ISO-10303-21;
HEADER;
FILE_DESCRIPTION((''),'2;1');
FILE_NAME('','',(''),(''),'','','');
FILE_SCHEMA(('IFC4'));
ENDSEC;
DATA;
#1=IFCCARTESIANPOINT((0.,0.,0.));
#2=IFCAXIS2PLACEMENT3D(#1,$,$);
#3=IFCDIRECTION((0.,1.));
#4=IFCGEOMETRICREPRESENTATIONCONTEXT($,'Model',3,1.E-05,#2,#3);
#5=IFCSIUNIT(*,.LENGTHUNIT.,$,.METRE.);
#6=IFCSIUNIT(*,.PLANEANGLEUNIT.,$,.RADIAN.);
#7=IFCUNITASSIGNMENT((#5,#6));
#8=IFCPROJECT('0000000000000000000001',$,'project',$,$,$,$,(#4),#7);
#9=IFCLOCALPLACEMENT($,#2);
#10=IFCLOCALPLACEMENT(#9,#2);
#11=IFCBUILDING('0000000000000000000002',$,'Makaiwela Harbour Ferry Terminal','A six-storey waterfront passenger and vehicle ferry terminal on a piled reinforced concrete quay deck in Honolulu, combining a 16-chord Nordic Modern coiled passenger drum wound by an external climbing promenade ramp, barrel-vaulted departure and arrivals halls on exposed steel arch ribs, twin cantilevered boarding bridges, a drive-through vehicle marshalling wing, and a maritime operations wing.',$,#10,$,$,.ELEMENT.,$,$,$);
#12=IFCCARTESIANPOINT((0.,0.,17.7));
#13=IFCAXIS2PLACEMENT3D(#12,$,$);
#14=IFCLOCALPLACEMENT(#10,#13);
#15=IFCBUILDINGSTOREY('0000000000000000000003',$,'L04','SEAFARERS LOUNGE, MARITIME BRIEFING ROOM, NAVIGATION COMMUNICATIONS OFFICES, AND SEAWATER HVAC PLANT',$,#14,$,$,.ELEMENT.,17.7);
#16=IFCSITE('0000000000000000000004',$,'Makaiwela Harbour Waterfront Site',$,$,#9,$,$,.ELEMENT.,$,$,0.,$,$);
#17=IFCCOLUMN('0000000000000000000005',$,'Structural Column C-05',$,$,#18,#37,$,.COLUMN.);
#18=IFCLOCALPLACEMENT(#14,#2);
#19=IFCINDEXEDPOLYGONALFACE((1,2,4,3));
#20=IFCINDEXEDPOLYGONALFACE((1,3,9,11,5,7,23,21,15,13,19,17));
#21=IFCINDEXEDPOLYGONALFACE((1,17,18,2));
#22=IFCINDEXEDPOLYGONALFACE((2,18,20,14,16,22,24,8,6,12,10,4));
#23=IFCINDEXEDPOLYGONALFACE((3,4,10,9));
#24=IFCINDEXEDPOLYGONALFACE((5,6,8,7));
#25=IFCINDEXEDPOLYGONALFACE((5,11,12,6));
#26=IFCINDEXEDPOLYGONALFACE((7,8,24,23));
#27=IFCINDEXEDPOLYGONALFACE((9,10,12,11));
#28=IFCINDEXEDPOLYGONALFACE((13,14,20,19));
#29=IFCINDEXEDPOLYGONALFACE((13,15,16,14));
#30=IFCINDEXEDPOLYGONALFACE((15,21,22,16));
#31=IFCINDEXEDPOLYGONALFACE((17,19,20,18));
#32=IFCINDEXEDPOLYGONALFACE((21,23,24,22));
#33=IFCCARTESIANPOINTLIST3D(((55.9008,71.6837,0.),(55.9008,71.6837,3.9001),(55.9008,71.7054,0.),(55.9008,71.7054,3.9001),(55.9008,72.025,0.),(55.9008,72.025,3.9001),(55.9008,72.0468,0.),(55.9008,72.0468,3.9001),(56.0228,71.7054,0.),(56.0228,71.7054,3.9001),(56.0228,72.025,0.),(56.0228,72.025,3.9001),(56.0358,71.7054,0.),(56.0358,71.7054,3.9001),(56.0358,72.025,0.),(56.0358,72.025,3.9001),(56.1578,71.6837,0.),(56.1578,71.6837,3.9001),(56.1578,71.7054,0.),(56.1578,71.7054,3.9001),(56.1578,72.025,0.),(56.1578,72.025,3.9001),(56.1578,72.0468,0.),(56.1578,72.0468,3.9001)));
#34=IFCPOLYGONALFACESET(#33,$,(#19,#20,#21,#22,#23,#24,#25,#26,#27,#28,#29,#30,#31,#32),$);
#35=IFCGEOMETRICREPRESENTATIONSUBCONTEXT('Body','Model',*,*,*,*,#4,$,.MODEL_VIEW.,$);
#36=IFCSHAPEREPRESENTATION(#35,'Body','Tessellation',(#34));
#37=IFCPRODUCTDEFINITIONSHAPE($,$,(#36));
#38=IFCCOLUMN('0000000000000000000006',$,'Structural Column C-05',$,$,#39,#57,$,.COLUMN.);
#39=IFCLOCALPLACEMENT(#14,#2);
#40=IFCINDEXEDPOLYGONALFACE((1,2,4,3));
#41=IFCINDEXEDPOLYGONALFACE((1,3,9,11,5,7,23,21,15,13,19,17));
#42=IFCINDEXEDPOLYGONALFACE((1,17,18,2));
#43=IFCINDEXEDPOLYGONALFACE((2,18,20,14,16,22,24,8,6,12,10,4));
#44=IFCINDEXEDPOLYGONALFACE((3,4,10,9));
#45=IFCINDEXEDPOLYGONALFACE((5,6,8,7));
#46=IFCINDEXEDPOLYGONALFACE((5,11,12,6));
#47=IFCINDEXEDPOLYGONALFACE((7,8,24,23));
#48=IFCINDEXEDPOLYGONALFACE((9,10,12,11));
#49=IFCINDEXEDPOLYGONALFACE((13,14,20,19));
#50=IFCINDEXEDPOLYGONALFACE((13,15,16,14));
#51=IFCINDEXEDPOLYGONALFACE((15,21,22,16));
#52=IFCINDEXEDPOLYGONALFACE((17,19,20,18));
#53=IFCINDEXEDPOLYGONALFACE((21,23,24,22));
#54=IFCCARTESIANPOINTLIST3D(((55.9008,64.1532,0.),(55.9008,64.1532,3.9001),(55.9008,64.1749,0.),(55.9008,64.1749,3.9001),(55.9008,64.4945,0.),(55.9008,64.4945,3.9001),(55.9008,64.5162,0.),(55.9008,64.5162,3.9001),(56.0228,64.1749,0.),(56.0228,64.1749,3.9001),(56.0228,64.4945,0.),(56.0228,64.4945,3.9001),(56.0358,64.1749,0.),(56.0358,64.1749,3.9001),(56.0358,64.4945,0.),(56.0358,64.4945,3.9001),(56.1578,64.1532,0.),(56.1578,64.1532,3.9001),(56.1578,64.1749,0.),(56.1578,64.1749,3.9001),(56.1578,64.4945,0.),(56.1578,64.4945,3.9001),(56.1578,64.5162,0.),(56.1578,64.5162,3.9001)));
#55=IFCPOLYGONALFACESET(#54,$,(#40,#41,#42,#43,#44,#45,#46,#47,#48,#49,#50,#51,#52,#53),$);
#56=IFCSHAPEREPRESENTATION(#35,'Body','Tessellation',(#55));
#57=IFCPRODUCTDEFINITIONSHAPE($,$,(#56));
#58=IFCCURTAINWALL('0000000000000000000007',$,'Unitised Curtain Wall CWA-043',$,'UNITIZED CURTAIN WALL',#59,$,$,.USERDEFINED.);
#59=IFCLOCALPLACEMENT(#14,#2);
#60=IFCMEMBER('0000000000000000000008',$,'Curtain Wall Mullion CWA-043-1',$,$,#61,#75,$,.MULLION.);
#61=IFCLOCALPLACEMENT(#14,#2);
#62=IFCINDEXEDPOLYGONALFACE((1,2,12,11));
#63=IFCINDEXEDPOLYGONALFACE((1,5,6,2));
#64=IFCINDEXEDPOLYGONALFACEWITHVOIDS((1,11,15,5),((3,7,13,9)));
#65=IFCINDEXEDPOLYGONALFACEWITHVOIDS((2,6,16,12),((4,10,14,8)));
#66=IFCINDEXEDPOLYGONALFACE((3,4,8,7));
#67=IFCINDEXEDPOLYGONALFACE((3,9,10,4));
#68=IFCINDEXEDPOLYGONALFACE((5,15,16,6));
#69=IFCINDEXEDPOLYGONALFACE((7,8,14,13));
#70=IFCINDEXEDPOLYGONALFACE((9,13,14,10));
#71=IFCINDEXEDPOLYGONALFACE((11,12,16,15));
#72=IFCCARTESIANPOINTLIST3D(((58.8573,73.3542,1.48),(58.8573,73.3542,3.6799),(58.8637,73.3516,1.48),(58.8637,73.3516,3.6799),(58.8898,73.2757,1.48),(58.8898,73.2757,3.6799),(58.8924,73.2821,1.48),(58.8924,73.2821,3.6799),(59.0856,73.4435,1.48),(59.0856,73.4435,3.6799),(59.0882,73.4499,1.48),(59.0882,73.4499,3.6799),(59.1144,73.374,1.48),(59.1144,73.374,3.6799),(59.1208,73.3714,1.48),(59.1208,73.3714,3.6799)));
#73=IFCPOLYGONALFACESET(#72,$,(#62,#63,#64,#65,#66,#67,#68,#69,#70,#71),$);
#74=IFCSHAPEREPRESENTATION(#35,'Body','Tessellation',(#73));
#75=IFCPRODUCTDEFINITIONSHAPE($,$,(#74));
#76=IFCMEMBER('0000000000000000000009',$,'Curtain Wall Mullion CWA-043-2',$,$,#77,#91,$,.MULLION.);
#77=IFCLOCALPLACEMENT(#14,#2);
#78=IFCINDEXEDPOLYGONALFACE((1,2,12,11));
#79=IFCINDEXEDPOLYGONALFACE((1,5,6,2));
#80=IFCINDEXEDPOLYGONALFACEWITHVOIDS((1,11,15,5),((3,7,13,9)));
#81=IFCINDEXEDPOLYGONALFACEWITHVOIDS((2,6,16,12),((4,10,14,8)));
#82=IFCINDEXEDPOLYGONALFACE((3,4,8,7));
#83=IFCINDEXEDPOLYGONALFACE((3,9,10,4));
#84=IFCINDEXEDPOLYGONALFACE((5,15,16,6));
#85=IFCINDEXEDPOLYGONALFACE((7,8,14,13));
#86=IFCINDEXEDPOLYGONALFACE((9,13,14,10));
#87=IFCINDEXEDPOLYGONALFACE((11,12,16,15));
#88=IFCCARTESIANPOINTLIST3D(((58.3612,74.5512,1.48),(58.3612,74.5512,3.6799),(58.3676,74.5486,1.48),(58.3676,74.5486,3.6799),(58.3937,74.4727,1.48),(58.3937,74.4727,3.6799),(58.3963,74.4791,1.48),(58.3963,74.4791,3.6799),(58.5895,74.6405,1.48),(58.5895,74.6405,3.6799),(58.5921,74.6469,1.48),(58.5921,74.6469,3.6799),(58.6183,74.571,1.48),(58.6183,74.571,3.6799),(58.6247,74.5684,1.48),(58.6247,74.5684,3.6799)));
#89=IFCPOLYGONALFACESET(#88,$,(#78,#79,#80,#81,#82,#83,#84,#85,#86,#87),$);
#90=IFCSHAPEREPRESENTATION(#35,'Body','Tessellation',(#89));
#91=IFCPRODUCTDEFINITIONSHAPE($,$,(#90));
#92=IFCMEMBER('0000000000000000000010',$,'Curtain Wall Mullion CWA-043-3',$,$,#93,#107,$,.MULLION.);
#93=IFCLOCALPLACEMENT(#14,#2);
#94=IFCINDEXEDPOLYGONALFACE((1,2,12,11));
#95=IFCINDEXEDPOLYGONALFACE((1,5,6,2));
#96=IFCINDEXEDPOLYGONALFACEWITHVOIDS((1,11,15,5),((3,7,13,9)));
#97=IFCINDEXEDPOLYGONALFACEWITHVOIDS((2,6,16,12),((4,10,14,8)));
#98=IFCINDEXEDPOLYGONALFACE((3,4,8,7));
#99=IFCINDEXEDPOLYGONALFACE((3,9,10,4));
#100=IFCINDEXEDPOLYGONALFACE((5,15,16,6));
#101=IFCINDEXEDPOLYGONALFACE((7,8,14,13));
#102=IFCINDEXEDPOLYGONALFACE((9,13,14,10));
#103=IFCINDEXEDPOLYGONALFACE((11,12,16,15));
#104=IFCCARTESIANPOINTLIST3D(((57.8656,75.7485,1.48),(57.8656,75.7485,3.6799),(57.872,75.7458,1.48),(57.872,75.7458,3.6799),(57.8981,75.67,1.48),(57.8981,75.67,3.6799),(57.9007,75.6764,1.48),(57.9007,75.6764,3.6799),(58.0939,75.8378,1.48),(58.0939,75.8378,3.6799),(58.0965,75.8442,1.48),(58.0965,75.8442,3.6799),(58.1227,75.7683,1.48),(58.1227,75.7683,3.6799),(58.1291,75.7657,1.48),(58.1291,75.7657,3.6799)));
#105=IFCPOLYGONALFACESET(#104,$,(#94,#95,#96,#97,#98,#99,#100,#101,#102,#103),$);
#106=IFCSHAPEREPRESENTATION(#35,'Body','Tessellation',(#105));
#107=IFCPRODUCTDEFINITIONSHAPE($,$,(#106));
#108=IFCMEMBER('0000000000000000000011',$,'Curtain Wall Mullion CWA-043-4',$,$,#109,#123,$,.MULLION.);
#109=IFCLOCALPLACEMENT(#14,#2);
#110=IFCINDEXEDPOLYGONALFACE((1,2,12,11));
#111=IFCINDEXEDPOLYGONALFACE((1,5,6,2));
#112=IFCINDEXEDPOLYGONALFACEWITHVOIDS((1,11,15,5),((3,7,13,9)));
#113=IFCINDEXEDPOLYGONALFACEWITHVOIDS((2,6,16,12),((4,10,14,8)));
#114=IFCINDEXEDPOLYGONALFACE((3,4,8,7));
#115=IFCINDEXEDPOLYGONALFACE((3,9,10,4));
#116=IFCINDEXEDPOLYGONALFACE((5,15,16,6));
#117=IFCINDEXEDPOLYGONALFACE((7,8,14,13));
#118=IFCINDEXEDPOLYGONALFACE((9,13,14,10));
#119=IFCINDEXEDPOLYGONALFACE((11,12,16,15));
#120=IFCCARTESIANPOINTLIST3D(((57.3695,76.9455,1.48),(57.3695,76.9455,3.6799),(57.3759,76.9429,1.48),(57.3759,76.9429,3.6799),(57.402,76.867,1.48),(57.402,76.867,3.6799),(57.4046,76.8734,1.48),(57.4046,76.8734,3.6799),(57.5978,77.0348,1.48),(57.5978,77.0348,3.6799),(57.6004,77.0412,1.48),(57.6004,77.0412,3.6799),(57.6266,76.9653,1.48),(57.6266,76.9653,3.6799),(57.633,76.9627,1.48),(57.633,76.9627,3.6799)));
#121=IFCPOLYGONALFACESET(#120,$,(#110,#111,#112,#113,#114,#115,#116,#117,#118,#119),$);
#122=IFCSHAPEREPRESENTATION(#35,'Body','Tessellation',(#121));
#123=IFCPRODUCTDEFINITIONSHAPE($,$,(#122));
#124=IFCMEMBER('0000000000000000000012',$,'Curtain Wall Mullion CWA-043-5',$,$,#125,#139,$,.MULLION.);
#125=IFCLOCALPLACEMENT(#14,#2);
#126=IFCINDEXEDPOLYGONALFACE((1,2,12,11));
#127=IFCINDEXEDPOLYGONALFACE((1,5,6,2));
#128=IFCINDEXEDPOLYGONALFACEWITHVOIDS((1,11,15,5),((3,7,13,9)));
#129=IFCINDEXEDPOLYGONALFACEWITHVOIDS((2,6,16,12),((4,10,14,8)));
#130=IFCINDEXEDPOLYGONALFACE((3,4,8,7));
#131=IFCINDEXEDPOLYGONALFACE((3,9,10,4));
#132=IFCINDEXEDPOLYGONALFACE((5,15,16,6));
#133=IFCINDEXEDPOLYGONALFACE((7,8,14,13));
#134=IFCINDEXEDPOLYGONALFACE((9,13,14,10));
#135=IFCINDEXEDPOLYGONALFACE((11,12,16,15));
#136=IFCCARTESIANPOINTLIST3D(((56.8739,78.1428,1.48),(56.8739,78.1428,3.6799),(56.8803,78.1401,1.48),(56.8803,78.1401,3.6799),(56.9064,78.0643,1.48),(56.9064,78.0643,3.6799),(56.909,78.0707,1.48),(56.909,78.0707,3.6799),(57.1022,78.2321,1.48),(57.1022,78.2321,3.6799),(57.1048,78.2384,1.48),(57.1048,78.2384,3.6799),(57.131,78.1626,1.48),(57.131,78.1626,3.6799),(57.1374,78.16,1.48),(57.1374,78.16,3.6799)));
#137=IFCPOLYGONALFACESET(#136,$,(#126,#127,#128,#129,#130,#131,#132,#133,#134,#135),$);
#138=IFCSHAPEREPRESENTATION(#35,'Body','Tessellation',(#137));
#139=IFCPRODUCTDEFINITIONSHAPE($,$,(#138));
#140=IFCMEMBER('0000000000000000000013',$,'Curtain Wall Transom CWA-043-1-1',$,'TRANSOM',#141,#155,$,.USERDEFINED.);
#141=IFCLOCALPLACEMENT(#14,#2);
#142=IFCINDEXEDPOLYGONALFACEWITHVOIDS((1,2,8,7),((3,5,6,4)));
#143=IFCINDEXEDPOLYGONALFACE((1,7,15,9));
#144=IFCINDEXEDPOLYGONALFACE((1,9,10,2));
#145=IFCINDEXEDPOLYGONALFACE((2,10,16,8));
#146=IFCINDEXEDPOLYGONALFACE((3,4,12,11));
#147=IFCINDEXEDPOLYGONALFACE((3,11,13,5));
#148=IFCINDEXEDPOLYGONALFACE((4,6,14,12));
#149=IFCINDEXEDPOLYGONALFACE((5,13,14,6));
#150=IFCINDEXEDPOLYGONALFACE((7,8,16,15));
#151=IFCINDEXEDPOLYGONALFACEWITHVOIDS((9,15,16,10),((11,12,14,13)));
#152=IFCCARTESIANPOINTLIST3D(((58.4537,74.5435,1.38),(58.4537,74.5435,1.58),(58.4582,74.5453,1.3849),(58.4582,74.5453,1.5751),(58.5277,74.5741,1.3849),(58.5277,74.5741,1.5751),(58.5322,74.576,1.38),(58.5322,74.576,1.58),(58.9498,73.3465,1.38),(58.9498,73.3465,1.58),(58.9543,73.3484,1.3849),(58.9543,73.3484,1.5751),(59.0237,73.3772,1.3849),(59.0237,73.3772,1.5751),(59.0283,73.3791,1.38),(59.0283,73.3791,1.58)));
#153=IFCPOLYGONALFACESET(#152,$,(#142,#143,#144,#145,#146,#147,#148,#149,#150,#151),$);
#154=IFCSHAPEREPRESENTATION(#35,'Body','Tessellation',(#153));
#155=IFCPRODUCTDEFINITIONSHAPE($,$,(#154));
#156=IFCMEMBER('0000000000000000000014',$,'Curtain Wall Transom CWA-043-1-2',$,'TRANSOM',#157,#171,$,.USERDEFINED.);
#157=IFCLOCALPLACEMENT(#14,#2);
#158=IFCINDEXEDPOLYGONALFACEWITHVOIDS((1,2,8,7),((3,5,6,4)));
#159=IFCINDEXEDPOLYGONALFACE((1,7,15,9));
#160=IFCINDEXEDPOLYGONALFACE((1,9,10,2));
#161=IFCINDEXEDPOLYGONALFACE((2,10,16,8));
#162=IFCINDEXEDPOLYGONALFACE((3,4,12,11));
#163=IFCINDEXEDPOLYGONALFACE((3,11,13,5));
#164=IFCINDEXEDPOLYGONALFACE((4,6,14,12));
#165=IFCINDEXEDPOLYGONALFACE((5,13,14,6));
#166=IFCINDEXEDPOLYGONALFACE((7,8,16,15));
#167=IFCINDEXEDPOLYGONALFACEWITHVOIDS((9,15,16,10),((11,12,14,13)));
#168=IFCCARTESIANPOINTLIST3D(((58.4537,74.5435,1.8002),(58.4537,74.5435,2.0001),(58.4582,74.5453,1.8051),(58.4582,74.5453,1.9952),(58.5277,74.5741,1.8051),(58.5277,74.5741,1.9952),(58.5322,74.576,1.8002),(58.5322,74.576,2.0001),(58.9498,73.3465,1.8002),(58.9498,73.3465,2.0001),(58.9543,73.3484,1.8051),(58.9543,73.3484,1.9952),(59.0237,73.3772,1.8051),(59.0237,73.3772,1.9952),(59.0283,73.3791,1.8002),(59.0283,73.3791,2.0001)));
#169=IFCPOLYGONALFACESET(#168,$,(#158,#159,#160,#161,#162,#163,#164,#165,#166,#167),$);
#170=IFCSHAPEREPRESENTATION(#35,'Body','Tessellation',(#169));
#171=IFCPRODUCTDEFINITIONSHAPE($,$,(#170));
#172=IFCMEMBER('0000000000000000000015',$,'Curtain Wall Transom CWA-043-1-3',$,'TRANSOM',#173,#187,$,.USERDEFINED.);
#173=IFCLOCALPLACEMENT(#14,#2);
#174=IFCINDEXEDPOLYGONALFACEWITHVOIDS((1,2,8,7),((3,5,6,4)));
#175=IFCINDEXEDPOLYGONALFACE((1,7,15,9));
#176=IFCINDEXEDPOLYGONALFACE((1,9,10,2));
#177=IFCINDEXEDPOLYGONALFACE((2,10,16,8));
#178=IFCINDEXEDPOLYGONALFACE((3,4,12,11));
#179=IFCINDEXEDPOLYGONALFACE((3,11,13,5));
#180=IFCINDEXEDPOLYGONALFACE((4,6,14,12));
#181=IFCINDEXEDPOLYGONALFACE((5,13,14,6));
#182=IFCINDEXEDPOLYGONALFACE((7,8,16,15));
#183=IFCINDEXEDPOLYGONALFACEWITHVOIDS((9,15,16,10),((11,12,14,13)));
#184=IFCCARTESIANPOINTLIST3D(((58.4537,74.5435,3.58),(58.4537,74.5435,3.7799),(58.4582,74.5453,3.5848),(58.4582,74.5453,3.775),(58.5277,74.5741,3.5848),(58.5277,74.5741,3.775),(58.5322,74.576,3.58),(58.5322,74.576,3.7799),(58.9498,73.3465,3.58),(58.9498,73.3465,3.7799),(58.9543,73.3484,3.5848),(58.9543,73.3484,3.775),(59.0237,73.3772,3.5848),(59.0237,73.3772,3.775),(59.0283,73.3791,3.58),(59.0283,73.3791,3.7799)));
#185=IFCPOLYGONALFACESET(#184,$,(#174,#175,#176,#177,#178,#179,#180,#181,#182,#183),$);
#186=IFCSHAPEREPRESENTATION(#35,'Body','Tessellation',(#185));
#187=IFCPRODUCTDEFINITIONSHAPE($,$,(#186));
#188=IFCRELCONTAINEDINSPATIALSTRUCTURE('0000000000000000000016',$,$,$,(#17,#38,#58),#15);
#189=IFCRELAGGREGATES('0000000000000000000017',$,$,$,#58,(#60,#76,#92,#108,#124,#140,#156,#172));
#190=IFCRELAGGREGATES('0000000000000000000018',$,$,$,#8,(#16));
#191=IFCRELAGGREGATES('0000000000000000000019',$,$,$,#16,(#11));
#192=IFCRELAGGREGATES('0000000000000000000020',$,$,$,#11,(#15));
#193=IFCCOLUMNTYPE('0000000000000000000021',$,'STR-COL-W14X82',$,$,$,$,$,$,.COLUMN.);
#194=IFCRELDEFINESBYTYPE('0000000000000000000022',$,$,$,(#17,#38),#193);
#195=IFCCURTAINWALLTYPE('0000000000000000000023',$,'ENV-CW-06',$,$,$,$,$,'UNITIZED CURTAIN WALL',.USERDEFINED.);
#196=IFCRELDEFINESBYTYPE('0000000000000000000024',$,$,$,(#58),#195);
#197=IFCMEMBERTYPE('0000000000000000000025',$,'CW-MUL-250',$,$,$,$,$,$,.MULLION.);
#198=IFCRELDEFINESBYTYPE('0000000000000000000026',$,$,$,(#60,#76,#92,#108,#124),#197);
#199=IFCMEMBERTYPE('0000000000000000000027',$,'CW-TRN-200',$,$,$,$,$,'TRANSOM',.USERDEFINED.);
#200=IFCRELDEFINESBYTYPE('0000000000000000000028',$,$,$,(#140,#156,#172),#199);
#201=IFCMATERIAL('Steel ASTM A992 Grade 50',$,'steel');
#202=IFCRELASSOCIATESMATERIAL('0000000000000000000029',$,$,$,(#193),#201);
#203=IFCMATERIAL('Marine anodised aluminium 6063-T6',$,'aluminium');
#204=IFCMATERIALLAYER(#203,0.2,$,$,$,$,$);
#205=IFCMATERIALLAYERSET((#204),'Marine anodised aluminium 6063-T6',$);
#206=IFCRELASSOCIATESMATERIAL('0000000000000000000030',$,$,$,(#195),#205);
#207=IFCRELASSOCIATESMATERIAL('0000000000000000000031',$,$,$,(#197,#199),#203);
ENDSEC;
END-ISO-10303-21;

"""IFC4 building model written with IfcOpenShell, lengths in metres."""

from ifc_helpers import new_model, si_unit, direction, frame, origin, origin_2d, place, context, subcontext, project, spatial, hollow_rectangle, i_section, extrude, material, layer, layer_set, material_profile, profile_set, type_object, element, aggregate, save


model = new_model("IFC4")

# Units and contexts
model_context = context("Model", 3, precision=1e-05, world=origin(), true_north=direction((0.0, 1.0)))
body_context = subcontext(model_context, "Body", "Model", "MODEL_VIEW")
ifc_project = project(units=[si_unit("LENGTHUNIT", "METRE"), si_unit("PLANEANGLEUNIT", "RADIAN")], contexts=[model_context])

# Site, building, storey
site_placement = place(None, origin())
site = spatial("IfcSite", under=ifc_project, at=site_placement, Name="Makaiwela Harbour Waterfront Site", CompositionType="ELEMENT", RefElevation=0.0)
building_placement = place(site_placement, origin())
building = spatial("IfcBuilding", under=site, at=building_placement, Name="Makaiwela Harbour Ferry Terminal", Description="A six-storey waterfront passenger and vehicle ferry terminal on a piled reinforced concrete quay deck in Honolulu, combining a 16-chord Nordic Modern coiled passenger drum wound by an external climbing promenade ramp, barrel-vaulted departure and arrivals halls on exposed steel arch ribs, twin cantilevered boarding bridges, a drive-through vehicle marshalling wing, and a maritime operations wing.", CompositionType="ELEMENT")
storey_placement = place(building_placement, frame((0.0, 0.0, 17.7)))
storey = spatial("IfcBuildingStorey", under=building, at=storey_placement, Name="L04", Description="SEAFARERS LOUNGE, MARITIME BRIEFING ROOM, NAVIGATION COMMUNICATIONS OFFICES, AND SEAWATER HVAC PLANT", CompositionType="ELEMENT", Elevation=17.7)

# Columns
ifc_material_1 = material(Name="Steel ASTM A992 Grade 50", Category="steel")
ifc_material_profile_1 = material_profile(ifc_material_1, i_section(OverallWidth=0.2571, OverallDepth=0.363, WebThickness=0.0129, FlangeThickness=0.0217, at=origin_2d()), Name="W14X82")
ifc_profile_set_1 = profile_set([ifc_material_profile_1], Name="Steel ASTM A992 Grade 50")
column_type = type_object("IfcColumnType", Name="STR-COL-W14X82", PredefinedType="COLUMN", material=ifc_profile_set_1)
for number, where, z_axis, x_axis, name in (
    (1, (56.0293, 71.8652, 0.0), (0.0, 0.0, 1.0), (1.0, 0.0, 0.0), "Structural Column C-05"),
    (2, (56.0293, 64.3347, 0.0), (0.0, 0.0, 1.0), (1.0, 0.0, 0.0), "Structural Column C-05"),
):
    element("IfcColumn", number, at=place(storey_placement, frame(where, z_axis=z_axis, x_axis=x_axis)), inside=storey, type_object=column_type, Name=name, PredefinedType="COLUMN", context=body_context, shape_type="SweptSolid", body=[
        extrude(i_section(OverallWidth=0.2571, OverallDepth=0.363, WebThickness=0.0129, FlangeThickness=0.0217, at=origin_2d()), origin(), (0.0, 0.0, 1.0), 3.9001),
    ])

# Curtain wall, members
ifc_material_2 = material(Name="Marine anodised aluminium 6063-T6", Category="aluminium")
ifc_layer_1 = layer(ifc_material_2, 0.2)
ifc_layer_set_1 = layer_set([ifc_layer_1], Name="Marine anodised aluminium 6063-T6")
curtain_wall_type = type_object("IfcCurtainWallType", Name="ENV-CW-06", ElementType="UNITIZED CURTAIN WALL", PredefinedType="USERDEFINED", material=ifc_layer_set_1)
curtain_wall_placement = place(storey_placement, origin())
curtain_wall = element("IfcCurtainWall", 3, at=curtain_wall_placement, inside=storey, type_object=curtain_wall_type, Name="Unitised Curtain Wall CWA-043", ObjectType="UNITIZED CURTAIN WALL", PredefinedType="USERDEFINED")
ifc_material_profile_2 = material_profile(ifc_material_2, hollow_rectangle(XDim=0.085, YDim=0.25, WallThickness=0.0049, at=origin_2d()), Name="CWM-250X85")
ifc_profile_set_2 = profile_set([ifc_material_profile_2], Name="Marine anodised aluminium 6063-T6")
member_type_1 = type_object("IfcMemberType", Name="CW-MUL-250", PredefinedType="MULLION", material=ifc_profile_set_2)
member_1_placement = place(storey_placement, frame((58.989, 73.3628, 1.48), z_axis=(0.0, 0.0, 1.0), x_axis=(-0.382683, 0.92388, 0.0)))
member_1 = element("IfcMember", 4, at=member_1_placement, type_object=member_type_1, Name="Curtain Wall Mullion CWA-043-1", PredefinedType="MULLION", context=body_context, shape_type="SweptSolid", body=[
    extrude(hollow_rectangle(XDim=0.085, YDim=0.25, WallThickness=0.0049, at=origin_2d()), origin(), (0.0, 0.0, 1.0), 2.2),
])
member_2_placement = place(storey_placement, frame((58.4929, 74.5598, 1.48), z_axis=(0.0, 0.0, 1.0), x_axis=(-0.382683, 0.92388, 0.0)))
member_2 = element("IfcMember", 5, at=member_2_placement, type_object=member_type_1, Name="Curtain Wall Mullion CWA-043-2", PredefinedType="MULLION", context=body_context, shape_type="SweptSolid", body=[
    extrude(hollow_rectangle(XDim=0.085, YDim=0.25, WallThickness=0.0049, at=origin_2d()), origin(), (0.0, 0.0, 1.0), 2.2),
])
member_3_placement = place(storey_placement, frame((57.9973, 75.7571, 1.48), z_axis=(0.0, 0.0, 1.0), x_axis=(-0.382683, 0.92388, 0.0)))
member_3 = element("IfcMember", 6, at=member_3_placement, type_object=member_type_1, Name="Curtain Wall Mullion CWA-043-3", PredefinedType="MULLION", context=body_context, shape_type="SweptSolid", body=[
    extrude(hollow_rectangle(XDim=0.085, YDim=0.25, WallThickness=0.0049, at=origin_2d()), origin(), (0.0, 0.0, 1.0), 2.2),
])
member_4_placement = place(storey_placement, frame((57.5012, 76.9541, 1.48), z_axis=(0.0, 0.0, 1.0), x_axis=(-0.382683, 0.92388, 0.0)))
member_4 = element("IfcMember", 7, at=member_4_placement, type_object=member_type_1, Name="Curtain Wall Mullion CWA-043-4", PredefinedType="MULLION", context=body_context, shape_type="SweptSolid", body=[
    extrude(hollow_rectangle(XDim=0.085, YDim=0.25, WallThickness=0.0049, at=origin_2d()), origin(), (0.0, 0.0, 1.0), 2.2),
])
member_5_placement = place(storey_placement, frame((57.0056, 78.1514, 1.48), z_axis=(0.0, 0.0, 1.0), x_axis=(-0.382683, 0.92388, 0.0)))
member_5 = element("IfcMember", 8, at=member_5_placement, type_object=member_type_1, Name="Curtain Wall Mullion CWA-043-5", PredefinedType="MULLION", context=body_context, shape_type="SweptSolid", body=[
    extrude(hollow_rectangle(XDim=0.085, YDim=0.25, WallThickness=0.0049, at=origin_2d()), origin(), (0.0, 0.0, 1.0), 2.2),
])
ifc_material_profile_3 = material_profile(ifc_material_2, hollow_rectangle(XDim=0.085, YDim=0.2, WallThickness=0.0049, at=origin_2d()), Name="CWT-200X85")
ifc_profile_set_3 = profile_set([ifc_material_profile_3], Name="Marine anodised aluminium 6063-T6")
member_type_2 = type_object("IfcMemberType", Name="CW-TRN-200", ElementType="TRANSOM", PredefinedType="USERDEFINED", material=ifc_profile_set_3)
member_6_placement = place(storey_placement, frame((58.989, 73.3628, 1.48), z_axis=(-0.382862, 0.923806, 0.0), x_axis=(-0.923806, -0.382862, 0.0)))
member_6 = element("IfcMember", 9, at=member_6_placement, type_object=member_type_2, Name="Curtain Wall Transom CWA-043-1-1", ObjectType="TRANSOM", PredefinedType="USERDEFINED", context=body_context, shape_type="SweptSolid", body=[
    extrude(hollow_rectangle(XDim=0.085, YDim=0.2, WallThickness=0.0049, at=origin_2d()), origin(), (0.0, 0.0, 1.0), 1.2957),
])
member_7_placement = place(storey_placement, frame((58.989, 73.3628, 1.9001), z_axis=(-0.382862, 0.923806, 0.0), x_axis=(-0.923806, -0.382862, 0.0)))
member_7 = element("IfcMember", 10, at=member_7_placement, type_object=member_type_2, Name="Curtain Wall Transom CWA-043-1-2", ObjectType="TRANSOM", PredefinedType="USERDEFINED", context=body_context, shape_type="SweptSolid", body=[
    extrude(hollow_rectangle(XDim=0.085, YDim=0.2, WallThickness=0.0049, at=origin_2d()), origin(), (0.0, 0.0, 1.0), 1.2957),
])
member_8_placement = place(storey_placement, frame((58.989, 73.3628, 3.6799), z_axis=(-0.382862, 0.923806, 0.0), x_axis=(-0.923806, -0.382862, 0.0)))
member_8 = element("IfcMember", 11, at=member_8_placement, type_object=member_type_2, Name="Curtain Wall Transom CWA-043-1-3", ObjectType="TRANSOM", PredefinedType="USERDEFINED", context=body_context, shape_type="SweptSolid", body=[
    extrude(hollow_rectangle(XDim=0.085, YDim=0.2, WallThickness=0.0049, at=origin_2d()), origin(), (0.0, 0.0, 1.0), 1.2957),
])

aggregate(curtain_wall, [member_1, member_2, member_3, member_4, member_5, member_6, member_7, member_8])

save(model, "model.ifc")
